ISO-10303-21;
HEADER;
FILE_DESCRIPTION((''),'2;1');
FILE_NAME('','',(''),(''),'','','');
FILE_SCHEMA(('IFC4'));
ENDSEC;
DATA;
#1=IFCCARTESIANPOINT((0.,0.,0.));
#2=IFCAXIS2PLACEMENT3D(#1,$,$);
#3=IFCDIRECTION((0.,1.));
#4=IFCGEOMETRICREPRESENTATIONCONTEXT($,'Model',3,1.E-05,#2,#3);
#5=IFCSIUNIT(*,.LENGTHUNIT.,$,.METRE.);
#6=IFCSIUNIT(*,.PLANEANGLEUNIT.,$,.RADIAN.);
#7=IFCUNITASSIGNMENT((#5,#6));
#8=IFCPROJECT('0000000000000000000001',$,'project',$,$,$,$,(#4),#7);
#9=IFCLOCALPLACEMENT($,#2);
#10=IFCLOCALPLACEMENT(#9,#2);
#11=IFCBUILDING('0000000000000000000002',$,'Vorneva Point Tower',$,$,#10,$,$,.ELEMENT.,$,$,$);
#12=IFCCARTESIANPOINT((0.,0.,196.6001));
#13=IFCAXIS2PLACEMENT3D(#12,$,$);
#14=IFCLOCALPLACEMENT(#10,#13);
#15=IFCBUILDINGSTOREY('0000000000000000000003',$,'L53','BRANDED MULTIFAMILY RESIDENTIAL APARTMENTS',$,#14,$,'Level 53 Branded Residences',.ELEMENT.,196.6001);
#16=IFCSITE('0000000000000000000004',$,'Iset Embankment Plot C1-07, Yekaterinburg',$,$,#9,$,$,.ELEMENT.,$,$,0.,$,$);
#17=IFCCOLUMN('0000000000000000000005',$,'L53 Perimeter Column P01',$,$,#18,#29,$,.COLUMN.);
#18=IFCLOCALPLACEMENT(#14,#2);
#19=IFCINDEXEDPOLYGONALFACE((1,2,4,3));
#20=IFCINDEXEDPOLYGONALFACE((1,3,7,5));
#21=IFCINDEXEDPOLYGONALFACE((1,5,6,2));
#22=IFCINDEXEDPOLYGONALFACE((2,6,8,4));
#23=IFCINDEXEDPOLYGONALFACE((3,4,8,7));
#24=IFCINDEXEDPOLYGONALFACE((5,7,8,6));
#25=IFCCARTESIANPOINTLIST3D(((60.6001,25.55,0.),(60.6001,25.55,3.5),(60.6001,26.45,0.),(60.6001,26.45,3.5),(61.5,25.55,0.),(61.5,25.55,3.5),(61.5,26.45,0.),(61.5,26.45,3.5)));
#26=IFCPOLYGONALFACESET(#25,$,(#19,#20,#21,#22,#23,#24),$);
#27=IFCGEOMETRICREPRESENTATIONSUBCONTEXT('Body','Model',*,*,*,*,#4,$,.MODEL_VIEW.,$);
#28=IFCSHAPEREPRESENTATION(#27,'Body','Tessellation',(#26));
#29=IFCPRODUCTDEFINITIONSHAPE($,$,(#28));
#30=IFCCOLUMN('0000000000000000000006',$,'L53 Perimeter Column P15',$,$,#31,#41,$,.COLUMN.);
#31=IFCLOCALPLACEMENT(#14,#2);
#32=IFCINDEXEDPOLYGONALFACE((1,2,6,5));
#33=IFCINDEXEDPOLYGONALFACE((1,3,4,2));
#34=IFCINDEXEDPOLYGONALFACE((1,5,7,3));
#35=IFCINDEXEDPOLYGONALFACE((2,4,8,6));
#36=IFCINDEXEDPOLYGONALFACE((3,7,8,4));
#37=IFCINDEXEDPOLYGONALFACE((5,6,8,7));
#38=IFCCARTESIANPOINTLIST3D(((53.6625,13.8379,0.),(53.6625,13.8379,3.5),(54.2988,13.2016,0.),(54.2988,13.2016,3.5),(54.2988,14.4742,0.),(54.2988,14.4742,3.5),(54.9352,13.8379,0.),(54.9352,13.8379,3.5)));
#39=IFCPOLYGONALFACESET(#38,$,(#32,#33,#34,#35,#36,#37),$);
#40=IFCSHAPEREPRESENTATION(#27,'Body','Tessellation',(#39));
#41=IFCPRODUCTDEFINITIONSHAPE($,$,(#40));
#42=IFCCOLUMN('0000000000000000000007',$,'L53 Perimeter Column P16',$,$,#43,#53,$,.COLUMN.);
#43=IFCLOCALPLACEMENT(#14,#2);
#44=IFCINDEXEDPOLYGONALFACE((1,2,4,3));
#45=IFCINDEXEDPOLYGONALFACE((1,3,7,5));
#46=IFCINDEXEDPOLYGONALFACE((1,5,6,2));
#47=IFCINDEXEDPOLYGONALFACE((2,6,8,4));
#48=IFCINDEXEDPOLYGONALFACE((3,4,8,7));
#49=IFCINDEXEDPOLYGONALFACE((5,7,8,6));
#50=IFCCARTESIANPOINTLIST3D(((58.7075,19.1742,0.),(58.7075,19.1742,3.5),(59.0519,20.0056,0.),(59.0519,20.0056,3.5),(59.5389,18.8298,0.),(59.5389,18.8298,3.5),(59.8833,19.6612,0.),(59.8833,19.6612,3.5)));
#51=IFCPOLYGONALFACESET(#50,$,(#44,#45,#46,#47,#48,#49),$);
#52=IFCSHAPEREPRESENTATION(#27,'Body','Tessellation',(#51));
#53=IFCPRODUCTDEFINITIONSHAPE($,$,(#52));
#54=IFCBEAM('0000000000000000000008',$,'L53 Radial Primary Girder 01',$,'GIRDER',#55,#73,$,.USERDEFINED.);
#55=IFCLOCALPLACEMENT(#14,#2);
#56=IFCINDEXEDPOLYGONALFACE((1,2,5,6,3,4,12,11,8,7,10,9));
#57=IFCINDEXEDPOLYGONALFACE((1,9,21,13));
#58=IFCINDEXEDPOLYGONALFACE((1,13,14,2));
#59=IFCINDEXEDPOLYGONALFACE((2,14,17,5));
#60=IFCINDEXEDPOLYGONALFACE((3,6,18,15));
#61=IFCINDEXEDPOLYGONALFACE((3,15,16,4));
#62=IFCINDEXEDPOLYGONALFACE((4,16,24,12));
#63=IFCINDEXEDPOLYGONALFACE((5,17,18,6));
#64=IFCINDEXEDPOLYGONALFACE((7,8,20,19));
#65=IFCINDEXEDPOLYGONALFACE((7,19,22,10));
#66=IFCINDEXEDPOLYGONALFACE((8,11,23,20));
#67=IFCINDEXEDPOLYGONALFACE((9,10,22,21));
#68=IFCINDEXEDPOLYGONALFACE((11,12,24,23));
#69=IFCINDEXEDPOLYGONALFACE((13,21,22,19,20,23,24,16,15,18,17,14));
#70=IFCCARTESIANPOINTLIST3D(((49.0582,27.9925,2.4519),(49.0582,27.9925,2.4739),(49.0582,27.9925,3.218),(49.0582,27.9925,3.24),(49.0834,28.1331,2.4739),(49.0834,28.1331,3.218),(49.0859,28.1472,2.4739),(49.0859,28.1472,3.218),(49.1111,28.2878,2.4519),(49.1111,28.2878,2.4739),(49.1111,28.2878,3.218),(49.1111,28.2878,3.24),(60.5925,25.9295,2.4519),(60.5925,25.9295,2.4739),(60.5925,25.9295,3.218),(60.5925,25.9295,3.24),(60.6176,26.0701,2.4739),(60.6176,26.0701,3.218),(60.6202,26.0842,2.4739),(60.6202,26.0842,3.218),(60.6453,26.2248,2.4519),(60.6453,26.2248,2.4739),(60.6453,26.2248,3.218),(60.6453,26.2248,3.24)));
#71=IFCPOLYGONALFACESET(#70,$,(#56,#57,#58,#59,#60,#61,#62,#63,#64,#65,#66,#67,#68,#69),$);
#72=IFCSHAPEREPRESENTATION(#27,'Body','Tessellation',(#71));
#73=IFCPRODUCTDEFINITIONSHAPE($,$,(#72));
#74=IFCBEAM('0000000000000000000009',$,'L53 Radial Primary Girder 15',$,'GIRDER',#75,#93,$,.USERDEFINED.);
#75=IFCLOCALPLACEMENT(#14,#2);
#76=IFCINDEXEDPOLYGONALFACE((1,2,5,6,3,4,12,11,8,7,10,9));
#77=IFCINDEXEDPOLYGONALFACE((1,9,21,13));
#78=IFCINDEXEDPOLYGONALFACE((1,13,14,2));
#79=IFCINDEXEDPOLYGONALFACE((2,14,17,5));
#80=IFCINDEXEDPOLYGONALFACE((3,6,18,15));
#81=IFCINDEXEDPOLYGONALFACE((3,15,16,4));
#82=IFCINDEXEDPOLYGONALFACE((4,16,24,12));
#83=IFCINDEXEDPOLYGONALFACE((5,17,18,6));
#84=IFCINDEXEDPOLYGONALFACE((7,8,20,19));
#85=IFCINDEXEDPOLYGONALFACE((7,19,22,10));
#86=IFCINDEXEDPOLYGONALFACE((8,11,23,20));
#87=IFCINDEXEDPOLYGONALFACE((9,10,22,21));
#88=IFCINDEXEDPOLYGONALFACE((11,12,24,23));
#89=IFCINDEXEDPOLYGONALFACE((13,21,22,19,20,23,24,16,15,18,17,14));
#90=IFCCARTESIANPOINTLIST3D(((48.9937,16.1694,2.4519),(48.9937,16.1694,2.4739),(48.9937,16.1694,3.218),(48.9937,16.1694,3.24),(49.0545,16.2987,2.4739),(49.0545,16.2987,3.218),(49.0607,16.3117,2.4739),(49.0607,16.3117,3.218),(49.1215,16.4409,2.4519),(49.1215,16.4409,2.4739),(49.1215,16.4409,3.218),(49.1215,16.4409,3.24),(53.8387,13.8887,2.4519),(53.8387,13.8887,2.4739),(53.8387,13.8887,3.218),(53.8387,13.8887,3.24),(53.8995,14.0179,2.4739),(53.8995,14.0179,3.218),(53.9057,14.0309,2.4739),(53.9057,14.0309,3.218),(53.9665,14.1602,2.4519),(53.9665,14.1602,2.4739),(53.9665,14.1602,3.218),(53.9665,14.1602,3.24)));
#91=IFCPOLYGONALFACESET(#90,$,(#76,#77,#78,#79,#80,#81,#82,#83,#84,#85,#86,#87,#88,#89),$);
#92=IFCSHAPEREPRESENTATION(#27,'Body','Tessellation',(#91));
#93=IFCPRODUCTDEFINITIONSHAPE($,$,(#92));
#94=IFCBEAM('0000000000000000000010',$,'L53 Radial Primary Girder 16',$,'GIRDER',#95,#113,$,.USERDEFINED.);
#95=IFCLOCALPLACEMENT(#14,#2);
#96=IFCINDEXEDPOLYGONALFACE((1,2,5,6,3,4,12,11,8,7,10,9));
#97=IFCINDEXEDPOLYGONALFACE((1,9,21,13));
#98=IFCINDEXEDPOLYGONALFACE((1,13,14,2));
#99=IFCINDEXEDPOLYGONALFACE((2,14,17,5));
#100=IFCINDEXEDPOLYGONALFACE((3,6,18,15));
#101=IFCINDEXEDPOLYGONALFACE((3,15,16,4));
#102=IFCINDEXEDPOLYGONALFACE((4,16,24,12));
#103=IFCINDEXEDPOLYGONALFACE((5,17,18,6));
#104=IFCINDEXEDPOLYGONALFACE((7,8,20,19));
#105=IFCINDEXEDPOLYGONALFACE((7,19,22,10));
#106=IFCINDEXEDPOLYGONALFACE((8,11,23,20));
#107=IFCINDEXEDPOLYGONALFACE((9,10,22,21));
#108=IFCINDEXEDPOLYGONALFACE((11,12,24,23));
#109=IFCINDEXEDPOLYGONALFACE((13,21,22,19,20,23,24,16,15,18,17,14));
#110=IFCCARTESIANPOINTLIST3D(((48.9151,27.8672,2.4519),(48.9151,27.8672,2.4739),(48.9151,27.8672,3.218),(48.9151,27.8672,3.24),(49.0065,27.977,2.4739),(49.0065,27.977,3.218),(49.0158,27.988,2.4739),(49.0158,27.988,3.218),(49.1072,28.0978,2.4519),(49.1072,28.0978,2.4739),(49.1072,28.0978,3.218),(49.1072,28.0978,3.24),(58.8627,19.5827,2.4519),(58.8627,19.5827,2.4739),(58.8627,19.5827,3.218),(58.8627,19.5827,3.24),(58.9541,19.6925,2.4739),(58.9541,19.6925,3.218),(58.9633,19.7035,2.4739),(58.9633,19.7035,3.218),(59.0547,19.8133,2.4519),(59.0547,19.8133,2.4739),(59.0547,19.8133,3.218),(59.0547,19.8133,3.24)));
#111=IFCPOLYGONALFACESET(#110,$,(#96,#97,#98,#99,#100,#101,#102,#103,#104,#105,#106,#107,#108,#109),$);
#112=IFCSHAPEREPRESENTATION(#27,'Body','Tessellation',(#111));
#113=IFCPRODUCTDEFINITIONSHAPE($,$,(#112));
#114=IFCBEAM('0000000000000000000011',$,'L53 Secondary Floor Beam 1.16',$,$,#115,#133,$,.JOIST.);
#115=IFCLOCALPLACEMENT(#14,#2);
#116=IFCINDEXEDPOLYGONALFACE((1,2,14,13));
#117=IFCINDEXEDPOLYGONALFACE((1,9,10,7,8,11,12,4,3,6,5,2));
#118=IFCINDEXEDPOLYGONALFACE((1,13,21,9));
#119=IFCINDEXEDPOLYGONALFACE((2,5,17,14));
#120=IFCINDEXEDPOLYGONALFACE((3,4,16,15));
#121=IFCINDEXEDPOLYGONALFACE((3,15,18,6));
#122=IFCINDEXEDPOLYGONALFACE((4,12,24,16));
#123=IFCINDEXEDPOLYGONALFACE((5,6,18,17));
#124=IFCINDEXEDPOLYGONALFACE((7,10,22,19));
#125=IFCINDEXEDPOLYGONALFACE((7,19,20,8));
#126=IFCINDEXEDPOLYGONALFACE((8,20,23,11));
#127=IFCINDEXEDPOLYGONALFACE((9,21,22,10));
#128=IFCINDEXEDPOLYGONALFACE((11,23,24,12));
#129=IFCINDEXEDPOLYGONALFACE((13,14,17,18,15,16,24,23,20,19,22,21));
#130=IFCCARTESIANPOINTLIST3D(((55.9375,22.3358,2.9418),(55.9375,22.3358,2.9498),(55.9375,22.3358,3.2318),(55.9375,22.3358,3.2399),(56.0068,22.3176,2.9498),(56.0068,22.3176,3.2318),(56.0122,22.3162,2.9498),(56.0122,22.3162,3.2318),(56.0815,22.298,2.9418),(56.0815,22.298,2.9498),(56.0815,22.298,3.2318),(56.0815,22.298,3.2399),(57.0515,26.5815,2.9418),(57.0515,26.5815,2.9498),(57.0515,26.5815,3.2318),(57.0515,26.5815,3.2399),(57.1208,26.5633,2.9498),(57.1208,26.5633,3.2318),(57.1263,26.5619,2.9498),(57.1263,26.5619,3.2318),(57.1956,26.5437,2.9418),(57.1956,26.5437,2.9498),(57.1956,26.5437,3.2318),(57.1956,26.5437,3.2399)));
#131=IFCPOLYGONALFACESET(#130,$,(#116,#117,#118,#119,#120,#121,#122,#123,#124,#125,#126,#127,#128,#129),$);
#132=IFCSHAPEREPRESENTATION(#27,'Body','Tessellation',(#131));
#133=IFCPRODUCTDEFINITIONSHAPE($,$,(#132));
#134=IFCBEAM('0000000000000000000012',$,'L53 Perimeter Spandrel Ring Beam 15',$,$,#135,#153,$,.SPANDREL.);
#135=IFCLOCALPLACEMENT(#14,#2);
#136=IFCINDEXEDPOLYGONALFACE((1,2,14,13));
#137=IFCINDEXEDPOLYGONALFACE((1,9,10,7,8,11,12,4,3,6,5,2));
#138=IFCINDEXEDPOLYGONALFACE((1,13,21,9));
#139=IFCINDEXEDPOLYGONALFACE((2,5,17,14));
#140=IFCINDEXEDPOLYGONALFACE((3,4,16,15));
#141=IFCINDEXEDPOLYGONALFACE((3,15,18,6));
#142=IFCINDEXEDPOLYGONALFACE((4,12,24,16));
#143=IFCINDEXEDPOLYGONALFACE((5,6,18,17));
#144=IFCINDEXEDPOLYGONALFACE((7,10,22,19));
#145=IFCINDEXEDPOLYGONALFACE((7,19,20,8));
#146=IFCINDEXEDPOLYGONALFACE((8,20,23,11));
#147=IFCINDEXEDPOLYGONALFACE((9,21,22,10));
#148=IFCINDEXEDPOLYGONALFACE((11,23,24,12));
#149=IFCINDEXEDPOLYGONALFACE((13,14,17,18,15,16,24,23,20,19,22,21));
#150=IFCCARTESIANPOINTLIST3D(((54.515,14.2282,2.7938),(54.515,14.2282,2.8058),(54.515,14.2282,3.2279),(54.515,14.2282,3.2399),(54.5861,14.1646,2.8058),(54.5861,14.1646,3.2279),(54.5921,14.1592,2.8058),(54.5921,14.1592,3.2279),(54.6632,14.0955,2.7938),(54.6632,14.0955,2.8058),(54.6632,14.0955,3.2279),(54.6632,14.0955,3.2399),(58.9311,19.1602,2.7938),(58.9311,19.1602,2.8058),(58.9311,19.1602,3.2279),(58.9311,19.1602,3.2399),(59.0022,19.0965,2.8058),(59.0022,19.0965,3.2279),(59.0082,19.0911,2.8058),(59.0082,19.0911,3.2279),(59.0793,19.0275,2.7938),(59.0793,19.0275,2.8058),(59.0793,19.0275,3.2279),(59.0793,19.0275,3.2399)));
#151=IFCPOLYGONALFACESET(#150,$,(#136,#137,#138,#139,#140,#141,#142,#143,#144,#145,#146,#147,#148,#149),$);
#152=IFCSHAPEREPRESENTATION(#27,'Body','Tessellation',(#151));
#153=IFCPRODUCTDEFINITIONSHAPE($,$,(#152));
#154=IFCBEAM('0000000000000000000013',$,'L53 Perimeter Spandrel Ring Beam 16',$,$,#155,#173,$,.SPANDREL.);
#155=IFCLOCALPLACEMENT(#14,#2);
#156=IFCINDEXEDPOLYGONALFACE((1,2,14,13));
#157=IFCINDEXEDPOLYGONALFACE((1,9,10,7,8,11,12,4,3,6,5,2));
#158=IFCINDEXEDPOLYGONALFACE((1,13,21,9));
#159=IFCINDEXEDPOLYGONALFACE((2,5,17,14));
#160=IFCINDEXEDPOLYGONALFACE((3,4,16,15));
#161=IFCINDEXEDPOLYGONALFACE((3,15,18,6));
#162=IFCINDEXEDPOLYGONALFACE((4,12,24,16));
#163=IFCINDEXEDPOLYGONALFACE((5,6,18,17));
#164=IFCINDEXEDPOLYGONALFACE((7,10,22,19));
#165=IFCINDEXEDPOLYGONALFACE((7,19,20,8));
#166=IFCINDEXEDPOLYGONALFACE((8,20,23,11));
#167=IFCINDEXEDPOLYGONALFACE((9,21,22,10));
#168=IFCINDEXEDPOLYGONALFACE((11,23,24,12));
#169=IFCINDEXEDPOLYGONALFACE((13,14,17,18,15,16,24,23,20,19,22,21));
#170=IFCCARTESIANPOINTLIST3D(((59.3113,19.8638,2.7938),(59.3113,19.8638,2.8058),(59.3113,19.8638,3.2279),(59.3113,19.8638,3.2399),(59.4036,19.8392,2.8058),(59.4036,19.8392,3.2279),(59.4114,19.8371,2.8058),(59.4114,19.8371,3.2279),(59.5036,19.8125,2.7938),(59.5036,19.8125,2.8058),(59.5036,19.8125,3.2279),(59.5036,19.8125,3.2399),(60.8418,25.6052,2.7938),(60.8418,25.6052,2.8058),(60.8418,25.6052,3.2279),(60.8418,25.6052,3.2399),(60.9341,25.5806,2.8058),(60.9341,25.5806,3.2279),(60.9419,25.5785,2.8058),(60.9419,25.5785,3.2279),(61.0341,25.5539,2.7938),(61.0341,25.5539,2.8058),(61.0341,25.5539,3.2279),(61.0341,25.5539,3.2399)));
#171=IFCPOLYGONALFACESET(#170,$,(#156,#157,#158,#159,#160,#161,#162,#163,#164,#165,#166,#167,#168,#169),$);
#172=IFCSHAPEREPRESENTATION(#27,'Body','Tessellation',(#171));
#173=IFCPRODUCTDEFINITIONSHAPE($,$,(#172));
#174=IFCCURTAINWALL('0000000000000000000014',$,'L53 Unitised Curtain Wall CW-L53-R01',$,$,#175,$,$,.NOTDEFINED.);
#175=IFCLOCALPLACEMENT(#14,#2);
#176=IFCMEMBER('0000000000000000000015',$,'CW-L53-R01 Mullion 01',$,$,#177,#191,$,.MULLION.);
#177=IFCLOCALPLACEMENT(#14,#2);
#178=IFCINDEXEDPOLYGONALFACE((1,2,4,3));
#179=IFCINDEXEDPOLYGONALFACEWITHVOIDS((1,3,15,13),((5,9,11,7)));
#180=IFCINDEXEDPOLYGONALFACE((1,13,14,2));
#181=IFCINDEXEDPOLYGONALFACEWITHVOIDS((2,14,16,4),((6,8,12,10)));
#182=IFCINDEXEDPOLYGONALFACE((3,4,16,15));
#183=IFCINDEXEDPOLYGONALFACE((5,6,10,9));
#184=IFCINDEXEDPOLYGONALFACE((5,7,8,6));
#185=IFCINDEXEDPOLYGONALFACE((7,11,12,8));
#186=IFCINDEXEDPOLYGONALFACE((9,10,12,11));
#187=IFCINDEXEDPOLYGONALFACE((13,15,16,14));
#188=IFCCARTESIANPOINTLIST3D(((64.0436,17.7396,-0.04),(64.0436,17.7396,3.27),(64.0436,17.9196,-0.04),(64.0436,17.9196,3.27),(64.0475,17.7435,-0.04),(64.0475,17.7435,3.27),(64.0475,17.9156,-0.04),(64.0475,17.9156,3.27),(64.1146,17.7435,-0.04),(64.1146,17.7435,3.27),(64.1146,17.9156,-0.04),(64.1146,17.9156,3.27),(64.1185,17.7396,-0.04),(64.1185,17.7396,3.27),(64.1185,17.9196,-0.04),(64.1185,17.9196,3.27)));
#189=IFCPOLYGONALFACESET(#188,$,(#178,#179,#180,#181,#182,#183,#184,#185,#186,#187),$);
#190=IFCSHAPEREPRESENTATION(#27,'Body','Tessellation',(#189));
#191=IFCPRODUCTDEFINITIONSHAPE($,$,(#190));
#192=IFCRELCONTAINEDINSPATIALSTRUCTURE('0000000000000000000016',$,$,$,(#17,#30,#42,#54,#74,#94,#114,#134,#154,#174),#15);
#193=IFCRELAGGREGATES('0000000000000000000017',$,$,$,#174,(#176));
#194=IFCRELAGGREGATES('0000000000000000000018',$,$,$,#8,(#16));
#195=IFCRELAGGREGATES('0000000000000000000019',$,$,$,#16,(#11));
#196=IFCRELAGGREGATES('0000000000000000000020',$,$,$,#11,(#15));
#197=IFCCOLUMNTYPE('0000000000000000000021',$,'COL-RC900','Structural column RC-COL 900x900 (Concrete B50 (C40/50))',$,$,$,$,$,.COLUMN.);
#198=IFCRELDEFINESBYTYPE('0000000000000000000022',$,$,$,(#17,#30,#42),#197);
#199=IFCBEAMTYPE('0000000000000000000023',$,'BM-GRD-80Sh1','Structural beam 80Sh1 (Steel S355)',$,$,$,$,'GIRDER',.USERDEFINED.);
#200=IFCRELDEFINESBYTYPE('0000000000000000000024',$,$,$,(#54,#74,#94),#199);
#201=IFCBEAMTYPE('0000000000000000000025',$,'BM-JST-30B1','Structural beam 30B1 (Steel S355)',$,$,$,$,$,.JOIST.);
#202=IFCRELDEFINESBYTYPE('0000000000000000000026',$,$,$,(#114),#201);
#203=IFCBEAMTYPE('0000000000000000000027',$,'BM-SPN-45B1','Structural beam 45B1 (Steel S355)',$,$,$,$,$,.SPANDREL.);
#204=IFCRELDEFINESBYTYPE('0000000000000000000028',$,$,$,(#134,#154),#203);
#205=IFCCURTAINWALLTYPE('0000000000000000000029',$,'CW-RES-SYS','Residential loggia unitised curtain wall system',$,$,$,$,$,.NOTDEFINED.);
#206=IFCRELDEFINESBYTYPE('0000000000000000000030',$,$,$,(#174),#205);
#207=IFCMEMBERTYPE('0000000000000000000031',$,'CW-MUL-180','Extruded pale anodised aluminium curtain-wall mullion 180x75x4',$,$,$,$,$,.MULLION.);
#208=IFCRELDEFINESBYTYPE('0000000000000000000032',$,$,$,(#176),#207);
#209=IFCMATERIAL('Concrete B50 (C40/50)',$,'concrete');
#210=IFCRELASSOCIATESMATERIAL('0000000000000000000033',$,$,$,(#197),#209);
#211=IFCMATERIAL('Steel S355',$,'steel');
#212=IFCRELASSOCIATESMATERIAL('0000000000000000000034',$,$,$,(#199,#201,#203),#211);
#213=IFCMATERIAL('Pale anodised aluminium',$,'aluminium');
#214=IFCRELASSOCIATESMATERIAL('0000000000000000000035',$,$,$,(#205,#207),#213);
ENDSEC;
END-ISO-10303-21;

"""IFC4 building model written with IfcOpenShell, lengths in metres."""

from ifc_helpers import new_model, si_unit, direction, frame, origin, origin_2d, place, context, subcontext, project, spatial, rectangle, hollow_rectangle, i_section, extrude, material, material_profile, profile_set, type_object, element, aggregate, save


model = new_model("IFC4")

# Units and contexts
model_context = context("Model", 3, precision=1e-05, world=origin(), true_north=direction((0.0, 1.0)))
body_context = subcontext(model_context, "Body", "Model", "MODEL_VIEW")
ifc_project = project(units=[si_unit("LENGTHUNIT", "METRE"), si_unit("PLANEANGLEUNIT", "RADIAN")], contexts=[model_context])

# Site, building, storey
site_placement = place(None, origin())
site = spatial("IfcSite", under=ifc_project, at=site_placement, Name="Iset Embankment Plot C1-07, Yekaterinburg", CompositionType="ELEMENT", RefElevation=0.0)
building_placement = place(site_placement, origin())
building = spatial("IfcBuilding", under=site, at=building_placement, Name="Vorneva Point Tower", CompositionType="ELEMENT")
storey_placement = place(building_placement, frame((0.0, 0.0, 196.6001)))
storey = spatial("IfcBuildingStorey", under=building, at=storey_placement, Name="L53", Description="BRANDED MULTIFAMILY RESIDENTIAL APARTMENTS", LongName="Level 53 Branded Residences", CompositionType="ELEMENT", Elevation=196.6001)

# Columns
ifc_material_1 = material(Name="Concrete B50 (C40/50)", Category="concrete")
ifc_material_profile_1 = material_profile(ifc_material_1, rectangle(XDim=0.8999, YDim=0.8999, at=origin_2d()), Name="RC-COL 900x900")
ifc_profile_set_1 = profile_set([ifc_material_profile_1], Name="Concrete B50 (C40/50)")
column_type = type_object("IfcColumnType", Name="COL-RC900", Description="Structural column RC-COL 900x900 (Concrete B50 (C40/50))", PredefinedType="COLUMN", material=ifc_profile_set_1)
for number, where, z_axis, x_axis, name in (
    (1, (61.05, 26.0, 0.0), (0.0, 0.0, 1.0), (1.0, 0.0, 0.0), "L53 Perimeter Column P01"),
    (2, (54.2988, 13.8379, 0.0), (0.0, 0.0, 1.0), (0.707107, -0.707107, 0.0), "L53 Perimeter Column P15"),
    (3, (59.2954, 19.4177, 0.0), (0.0, 0.0, 1.0), (0.92388, -0.382683, 0.0), "L53 Perimeter Column P16"),
):
    element("IfcColumn", number, at=place(storey_placement, frame(where, z_axis=z_axis, x_axis=x_axis)), inside=storey, type_object=column_type, Name=name, PredefinedType="COLUMN", context=body_context, shape_type="SweptSolid", body=[
        extrude(rectangle(XDim=0.8999, YDim=0.8999, at=origin_2d()), origin(), (0.0, 0.0, 1.0), 3.5),
    ])

# Beams
ifc_material_2 = material(Name="Steel S355", Category="steel")
ifc_material_profile_2 = material_profile(ifc_material_2, i_section(OverallWidth=0.3, OverallDepth=0.7881, WebThickness=0.0144, FlangeThickness=0.022, at=origin_2d()), Name="80Sh1")
ifc_profile_set_2 = profile_set([ifc_material_profile_2], Name="Steel S355")
beam_type_1 = type_object("IfcBeamType", Name="BM-GRD-80Sh1", Description="Structural beam 80Sh1 (Steel S355)", ElementType="GIRDER", PredefinedType="USERDEFINED", material=ifc_profile_set_2)
beam_1_placement = place(storey_placement, frame((60.6189, 26.0771, 2.8459), z_axis=(-0.984379, 0.176065, 0.0), x_axis=(-0.176065, -0.984379, 0.0)))
element("IfcBeam", 4, at=beam_1_placement, inside=storey, type_object=beam_type_1, Name="L53 Radial Primary Girder 01", ObjectType="GIRDER", PredefinedType="USERDEFINED", context=body_context, shape_type="SweptSolid", body=[
    extrude(i_section(OverallWidth=0.3, OverallDepth=0.7881, WebThickness=0.0144, FlangeThickness=0.022, at=origin_2d()), origin(), (0.0, 0.0, 1.0), 11.7173),
])
beam_2_placement = place(storey_placement, frame((53.9026, 14.0244, 2.8459), z_axis=(-0.904763, 0.425916, 0.0), x_axis=(-0.425916, -0.904763, 0.0)))
element("IfcBeam", 5, at=beam_2_placement, inside=storey, type_object=beam_type_1, Name="L53 Radial Primary Girder 15", ObjectType="GIRDER", PredefinedType="USERDEFINED", context=body_context, shape_type="SweptSolid", body=[
    extrude(i_section(OverallWidth=0.3, OverallDepth=0.7881, WebThickness=0.0144, FlangeThickness=0.022, at=origin_2d()), origin(), (0.0, 0.0, 1.0), 5.355),
])
beam_3_placement = place(storey_placement, frame((58.9587, 19.698, 2.8459), z_axis=(-0.768418, 0.639949, 0.0), x_axis=(-0.639949, -0.768418, 0.0)))
element("IfcBeam", 6, at=beam_3_placement, inside=storey, type_object=beam_type_1, Name="L53 Radial Primary Girder 16", ObjectType="GIRDER", PredefinedType="USERDEFINED", context=body_context, shape_type="SweptSolid", body=[
    extrude(i_section(OverallWidth=0.3, OverallDepth=0.7881, WebThickness=0.0144, FlangeThickness=0.022, at=origin_2d()), origin(), (0.0, 0.0, 1.0), 12.9456),
])
ifc_material_profile_3 = material_profile(ifc_material_2, i_section(OverallWidth=0.1489, OverallDepth=0.2981, WebThickness=0.0056, FlangeThickness=0.0081, at=origin_2d()), Name="30B1")
ifc_profile_set_3 = profile_set([ifc_material_profile_3], Name="Steel S355")
beam_type_2 = type_object("IfcBeamType", Name="BM-JST-30B1", Description="Structural beam 30B1 (Steel S355)", PredefinedType="JOIST", material=ifc_profile_set_3)
beam_4_placement = place(storey_placement, frame((56.0095, 22.3169, 3.0908), z_axis=(0.253801, 0.967257, 0.0), x_axis=(-0.967257, 0.253801, 0.0)))
element("IfcBeam", 7, at=beam_4_placement, inside=storey, type_object=beam_type_2, Name="L53 Secondary Floor Beam 1.16", PredefinedType="JOIST", context=body_context, shape_type="SweptSolid", body=[
    extrude(i_section(OverallWidth=0.1489, OverallDepth=0.2981, WebThickness=0.0056, FlangeThickness=0.0081, at=origin_2d()), origin(), (0.0, 0.0, 1.0), 4.3894),
])
ifc_material_profile_4 = material_profile(ifc_material_2, i_section(OverallWidth=0.199, OverallDepth=0.446, WebThickness=0.0081, FlangeThickness=0.012, at=origin_2d()), Name="45B1")
ifc_profile_set_4 = profile_set([ifc_material_profile_4], Name="Steel S355")
beam_type_3 = type_object("IfcBeamType", Name="BM-SPN-45B1", Description="Structural beam 45B1 (Steel S355)", PredefinedType="SPANDREL", material=ifc_profile_set_4)
beam_5_placement = place(storey_placement, frame((54.5891, 14.1619, 3.0168), z_axis=(0.66707, 0.744995, 0.0), x_axis=(-0.744995, 0.66707, 0.0)))
element("IfcBeam", 8, at=beam_5_placement, inside=storey, type_object=beam_type_3, Name="L53 Perimeter Spandrel Ring Beam 15", PredefinedType="SPANDREL", context=body_context, shape_type="SweptSolid", body=[
    extrude(i_section(OverallWidth=0.199, OverallDepth=0.446, WebThickness=0.0081, FlangeThickness=0.012, at=origin_2d()), origin(), (0.0, 0.0, 1.0), 6.6201),
])
beam_6_placement = place(storey_placement, frame((59.4075, 19.8381, 3.0168), z_axis=(0.257578, 0.966257, 0.0), x_axis=(-0.966257, 0.257578, 0.0)))
element("IfcBeam", 9, at=beam_6_placement, inside=storey, type_object=beam_type_3, Name="L53 Perimeter Spandrel Ring Beam 16", PredefinedType="SPANDREL", context=body_context, shape_type="SweptSolid", body=[
    extrude(i_section(OverallWidth=0.199, OverallDepth=0.446, WebThickness=0.0081, FlangeThickness=0.012, at=origin_2d()), origin(), (0.0, 0.0, 1.0), 5.9419),
])

# Curtain wall, member
ifc_material_3 = material(Name="Pale anodised aluminium", Category="aluminium")
curtain_wall_type = type_object("IfcCurtainWallType", Name="CW-RES-SYS", Description="Residential loggia unitised curtain wall system", PredefinedType="NOTDEFINED", material=ifc_material_3)
curtain_wall_1_placement = place(storey_placement, origin())
curtain_wall_1 = element("IfcCurtainWall", 10, at=curtain_wall_1_placement, inside=storey, type_object=curtain_wall_type, Name="L53 Unitised Curtain Wall CW-L53-R01", PredefinedType="NOTDEFINED")
ifc_material_profile_5 = material_profile(ifc_material_3, hollow_rectangle(XDim=0.075, YDim=0.1799, WallThickness=0.0039, at=origin_2d()), Name="AL-MUL 180x75x4")
ifc_profile_set_5 = profile_set([ifc_material_profile_5], Name="Pale anodised aluminium")
member_type_1 = type_object("IfcMemberType", Name="CW-MUL-180", Description="Extruded pale anodised aluminium curtain-wall mullion 180x75x4", PredefinedType="MULLION", material=ifc_profile_set_5)
member_1_placement = place(storey_placement, frame((64.0811, 17.8296, -0.04), z_axis=(0.0, 0.0, 1.0), x_axis=(1.0, 0.0, 0.0)))
member_1 = element("IfcMember", 11, at=member_1_placement, type_object=member_type_1, Name="CW-L53-R01 Mullion 01", PredefinedType="MULLION", context=body_context, shape_type="SweptSolid", body=[
    extrude(hollow_rectangle(XDim=0.075, YDim=0.1799, WallThickness=0.0039, at=origin_2d()), origin(), (0.0, 0.0, 1.0), 3.3101),
])

aggregate(curtain_wall_1, [member_1])

save(model, "model.ifc")
